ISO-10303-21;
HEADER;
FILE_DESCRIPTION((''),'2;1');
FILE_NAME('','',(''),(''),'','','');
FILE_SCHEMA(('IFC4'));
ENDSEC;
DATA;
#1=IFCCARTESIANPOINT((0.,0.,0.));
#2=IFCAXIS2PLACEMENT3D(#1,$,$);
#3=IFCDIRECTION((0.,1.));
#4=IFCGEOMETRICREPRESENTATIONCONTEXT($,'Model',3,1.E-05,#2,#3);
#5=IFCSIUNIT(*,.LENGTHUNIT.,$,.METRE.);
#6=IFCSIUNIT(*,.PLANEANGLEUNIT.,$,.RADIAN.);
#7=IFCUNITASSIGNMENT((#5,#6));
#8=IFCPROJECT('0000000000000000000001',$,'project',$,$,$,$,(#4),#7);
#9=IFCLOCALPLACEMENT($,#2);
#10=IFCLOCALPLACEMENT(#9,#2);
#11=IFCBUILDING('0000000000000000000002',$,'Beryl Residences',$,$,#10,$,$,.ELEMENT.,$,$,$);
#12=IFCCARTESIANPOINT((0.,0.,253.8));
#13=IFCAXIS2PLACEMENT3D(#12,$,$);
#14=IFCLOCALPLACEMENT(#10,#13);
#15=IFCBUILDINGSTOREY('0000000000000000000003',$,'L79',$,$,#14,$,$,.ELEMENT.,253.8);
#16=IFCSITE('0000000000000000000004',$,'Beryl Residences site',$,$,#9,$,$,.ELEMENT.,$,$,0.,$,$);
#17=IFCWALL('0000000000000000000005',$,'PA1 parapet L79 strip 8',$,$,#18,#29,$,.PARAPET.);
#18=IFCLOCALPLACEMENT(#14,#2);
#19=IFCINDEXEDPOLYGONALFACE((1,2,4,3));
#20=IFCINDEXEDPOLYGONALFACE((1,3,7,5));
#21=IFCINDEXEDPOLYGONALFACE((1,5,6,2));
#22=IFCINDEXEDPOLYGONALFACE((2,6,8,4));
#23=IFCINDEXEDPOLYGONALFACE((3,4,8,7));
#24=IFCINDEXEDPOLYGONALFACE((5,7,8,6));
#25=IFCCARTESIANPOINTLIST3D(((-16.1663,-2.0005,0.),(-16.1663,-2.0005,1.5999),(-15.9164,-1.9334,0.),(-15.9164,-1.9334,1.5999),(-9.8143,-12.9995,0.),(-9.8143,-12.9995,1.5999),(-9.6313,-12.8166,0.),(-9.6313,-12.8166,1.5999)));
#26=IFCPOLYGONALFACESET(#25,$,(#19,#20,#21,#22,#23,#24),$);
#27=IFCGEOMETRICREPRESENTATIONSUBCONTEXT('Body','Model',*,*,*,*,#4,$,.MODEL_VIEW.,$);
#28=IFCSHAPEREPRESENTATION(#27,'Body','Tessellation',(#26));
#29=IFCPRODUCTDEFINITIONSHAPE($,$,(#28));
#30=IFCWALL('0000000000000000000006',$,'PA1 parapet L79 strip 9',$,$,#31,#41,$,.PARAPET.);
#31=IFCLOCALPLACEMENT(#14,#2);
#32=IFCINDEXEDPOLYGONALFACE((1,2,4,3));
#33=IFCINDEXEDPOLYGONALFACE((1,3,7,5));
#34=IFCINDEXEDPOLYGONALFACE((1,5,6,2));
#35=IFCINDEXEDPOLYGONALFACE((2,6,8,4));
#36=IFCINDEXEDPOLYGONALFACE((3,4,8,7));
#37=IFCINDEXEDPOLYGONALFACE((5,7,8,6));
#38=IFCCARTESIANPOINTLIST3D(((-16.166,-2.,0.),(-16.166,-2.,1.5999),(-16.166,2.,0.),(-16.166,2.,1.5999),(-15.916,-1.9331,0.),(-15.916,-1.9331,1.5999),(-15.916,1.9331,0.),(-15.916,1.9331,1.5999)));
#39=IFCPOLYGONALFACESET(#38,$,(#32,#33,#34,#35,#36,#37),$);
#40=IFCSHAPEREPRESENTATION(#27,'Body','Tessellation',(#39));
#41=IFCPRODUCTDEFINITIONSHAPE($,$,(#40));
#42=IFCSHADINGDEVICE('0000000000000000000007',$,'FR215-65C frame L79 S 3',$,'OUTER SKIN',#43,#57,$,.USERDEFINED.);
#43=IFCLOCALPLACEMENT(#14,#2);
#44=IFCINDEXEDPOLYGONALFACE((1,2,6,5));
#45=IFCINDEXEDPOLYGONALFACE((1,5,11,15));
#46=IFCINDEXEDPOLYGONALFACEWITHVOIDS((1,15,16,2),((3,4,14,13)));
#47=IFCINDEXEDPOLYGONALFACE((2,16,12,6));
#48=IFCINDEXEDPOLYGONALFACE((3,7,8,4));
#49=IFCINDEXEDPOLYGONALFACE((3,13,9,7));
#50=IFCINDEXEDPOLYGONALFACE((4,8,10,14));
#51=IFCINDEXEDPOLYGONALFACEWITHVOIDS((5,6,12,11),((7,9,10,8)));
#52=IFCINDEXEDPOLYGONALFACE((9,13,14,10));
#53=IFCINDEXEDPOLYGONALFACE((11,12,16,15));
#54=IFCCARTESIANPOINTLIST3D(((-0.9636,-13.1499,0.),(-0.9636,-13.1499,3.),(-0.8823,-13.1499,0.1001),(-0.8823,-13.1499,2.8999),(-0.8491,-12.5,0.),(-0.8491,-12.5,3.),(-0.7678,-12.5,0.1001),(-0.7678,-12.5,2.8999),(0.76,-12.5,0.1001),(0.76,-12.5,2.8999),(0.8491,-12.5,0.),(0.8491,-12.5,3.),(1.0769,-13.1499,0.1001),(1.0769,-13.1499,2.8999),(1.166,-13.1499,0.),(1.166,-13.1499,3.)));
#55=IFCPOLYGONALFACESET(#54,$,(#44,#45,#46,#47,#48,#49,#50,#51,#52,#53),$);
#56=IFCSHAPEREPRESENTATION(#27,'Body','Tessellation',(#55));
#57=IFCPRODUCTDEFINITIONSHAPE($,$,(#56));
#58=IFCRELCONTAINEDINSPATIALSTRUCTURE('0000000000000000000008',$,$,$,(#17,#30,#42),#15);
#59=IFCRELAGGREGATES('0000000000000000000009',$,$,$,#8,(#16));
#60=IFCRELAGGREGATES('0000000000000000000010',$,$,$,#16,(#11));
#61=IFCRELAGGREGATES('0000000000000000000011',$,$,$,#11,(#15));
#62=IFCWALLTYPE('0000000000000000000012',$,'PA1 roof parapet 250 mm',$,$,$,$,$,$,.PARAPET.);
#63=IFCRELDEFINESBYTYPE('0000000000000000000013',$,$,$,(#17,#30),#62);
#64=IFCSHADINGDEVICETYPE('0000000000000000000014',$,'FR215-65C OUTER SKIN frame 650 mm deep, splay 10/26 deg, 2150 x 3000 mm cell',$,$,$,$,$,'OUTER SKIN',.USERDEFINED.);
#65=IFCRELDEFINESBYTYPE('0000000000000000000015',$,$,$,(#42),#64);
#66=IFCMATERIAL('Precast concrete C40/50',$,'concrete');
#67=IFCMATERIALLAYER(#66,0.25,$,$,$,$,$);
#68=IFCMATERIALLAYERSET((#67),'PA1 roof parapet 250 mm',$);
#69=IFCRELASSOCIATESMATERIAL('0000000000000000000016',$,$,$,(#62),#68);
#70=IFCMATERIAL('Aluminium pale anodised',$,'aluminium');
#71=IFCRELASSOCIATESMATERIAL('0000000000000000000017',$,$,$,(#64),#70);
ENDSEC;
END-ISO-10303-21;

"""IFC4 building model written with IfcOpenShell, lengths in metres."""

from ifc_helpers import new_model, entity, si_unit, direction, frame, origin, place, context, subcontext, project, spatial, polyline, outline, extrude, source, transform, mapped, material, layer, layer_set, type_object, type_shapes, element, save


model = new_model("IFC4")

# Units and contexts
model_context = context("Model", 3, precision=1e-05, world=origin(), true_north=direction((0.0, 1.0)))
body_context = subcontext(model_context, "Body", "Model", "MODEL_VIEW")
ifc_project = project(units=[si_unit("LENGTHUNIT", "METRE"), si_unit("PLANEANGLEUNIT", "RADIAN")], contexts=[model_context])

# Site, building, storey
site_placement = place(None, origin())
site = spatial("IfcSite", under=ifc_project, at=site_placement, Name="Beryl Residences site", CompositionType="ELEMENT", RefElevation=0.0)
building_placement = place(site_placement, origin())
building = spatial("IfcBuilding", under=site, at=building_placement, Name="Beryl Residences", CompositionType="ELEMENT")
storey_placement = place(building_placement, frame((0.0, 0.0, 253.8)))
storey = spatial("IfcBuildingStorey", under=building, at=storey_placement, Name="L79", CompositionType="ELEMENT", Elevation=253.8)

# Walls
ifc_material_1 = material(Name="Precast concrete C40/50", Category="concrete")
ifc_layer_1 = layer(ifc_material_1, 0.25)
ifc_layer_set_1 = layer_set([ifc_layer_1], Name="PA1 roof parapet 250 mm")
wall_type_1 = type_object("IfcWallType", Name="PA1 roof parapet 250 mm", PredefinedType="PARAPET", material=ifc_layer_set_1)
wall_1_placement = place(storey_placement, frame((-9.7061, -12.937, 0.0), z_axis=(0.0, 0.0, 1.0), x_axis=(-0.500104, 0.865965, 0.0)))
element("IfcWall", 1, at=wall_1_placement, inside=storey, type_object=wall_type_1, Name="PA1 parapet L79 strip 8", PredefinedType="PARAPET", context=body_context, shape_type="SweptSolid", body=[
    extrude(outline(polyline([(0.0669, -0.125), (12.6345, -0.125), (12.7014, 0.125), (0.0, 0.125), (0.0669, -0.125)])), origin(), (0.0, 0.0, 1.0), 1.5999),
])
wall_2_placement = place(storey_placement, frame((-16.041, -2.0, 0.0), z_axis=(0.0, 0.0, 1.0), x_axis=(0.0, 1.0, 0.0)))
element("IfcWall", 2, at=wall_2_placement, inside=storey, type_object=wall_type_1, Name="PA1 parapet L79 strip 9", PredefinedType="PARAPET", context=body_context, shape_type="SweptSolid", body=[
    extrude(outline(polyline([(0.0669, -0.125), (3.9331, -0.125), (4.0, 0.125), (0.0, 0.125), (0.0669, -0.125)])), origin(), (0.0, 0.0, 1.0), 1.5999),
])

# Shading device
ifc_material_2 = material(Name="Aluminium pale anodised", Category="aluminium")
shading_device_type_1 = type_object("IfcShadingDeviceType", Name="FR215-65C OUTER SKIN frame 650 mm deep, splay 10/26 deg, 2150 x 3000 mm cell", ElementType="OUTER SKIN", PredefinedType="USERDEFINED", material=ifc_material_2)
cartesian_point_1 = entity("IfcCartesianPoint", [-0.8491, 0.0])
cartesian_point_2 = entity("IfcCartesianPoint", [-0.7678, 0.1001])
cartesian_point_3 = entity("IfcCartesianPoint", [-0.9636, 0.0])
cartesian_point_4 = entity("IfcCartesianPoint", [-0.8823, 0.1001])
shared_shape_1 = source(origin(), body_context, "Body", "SweptSolid", [
    entity("IfcExtrudedAreaSolidTapered", entity("IfcArbitraryProfileDefWithVoids", "AREA", None, entity("IfcPolyline", [cartesian_point_1, entity("IfcCartesianPoint", [0.8491, 0.0]), entity("IfcCartesianPoint", [0.8491, 3.0]), entity("IfcCartesianPoint", [-0.8491, 3.0]), cartesian_point_1]), [entity("IfcPolyline", [cartesian_point_2, entity("IfcCartesianPoint", [0.76, 0.1001]), entity("IfcCartesianPoint", [0.76, 2.8999]), entity("IfcCartesianPoint", [-0.7678, 2.8999]), cartesian_point_2])]), entity("IfcAxis2Placement3D", entity("IfcCartesianPoint", [0.0, 0.0, 0.0]), entity("IfcDirection", [0.0, 1.0, 0.0]), entity("IfcDirection", [-1.0, 0.0, 0.0])), entity("IfcDirection", [0.0, 0.0, 1.0]), 0.6499, entity("IfcArbitraryProfileDefWithVoids", "AREA", None, entity("IfcPolyline", [cartesian_point_3, entity("IfcCartesianPoint", [1.166, 0.0]), entity("IfcCartesianPoint", [1.166, 3.0]), entity("IfcCartesianPoint", [-0.9636, 3.0]), cartesian_point_3]), [entity("IfcPolyline", [cartesian_point_4, entity("IfcCartesianPoint", [1.0769, 0.1001]), entity("IfcCartesianPoint", [1.0769, 2.8999]), entity("IfcCartesianPoint", [-0.8823, 2.8999]), cartesian_point_4])])),
])
type_shapes(shading_device_type_1, [shared_shape_1])
for number, where, z_axis, x_axis, name in (
    (3, (0.0, -12.5, 0.0), (0.0, 0.0, 1.0), (-1.0, 0.0, 0.0), "FR215-65C frame L79 S 3"),
):
    element("IfcShadingDevice", number, at=place(storey_placement, frame(where, z_axis=z_axis, x_axis=x_axis)), inside=storey, type_object=shading_device_type_1, Name=name, ObjectType="OUTER SKIN", PredefinedType="USERDEFINED", context=body_context, shape_type="MappedRepresentation", body=[
        mapped(shared_shape_1, transform((0.0, 0.0, 0.0))),
    ])

save(model, "model.ifc")
